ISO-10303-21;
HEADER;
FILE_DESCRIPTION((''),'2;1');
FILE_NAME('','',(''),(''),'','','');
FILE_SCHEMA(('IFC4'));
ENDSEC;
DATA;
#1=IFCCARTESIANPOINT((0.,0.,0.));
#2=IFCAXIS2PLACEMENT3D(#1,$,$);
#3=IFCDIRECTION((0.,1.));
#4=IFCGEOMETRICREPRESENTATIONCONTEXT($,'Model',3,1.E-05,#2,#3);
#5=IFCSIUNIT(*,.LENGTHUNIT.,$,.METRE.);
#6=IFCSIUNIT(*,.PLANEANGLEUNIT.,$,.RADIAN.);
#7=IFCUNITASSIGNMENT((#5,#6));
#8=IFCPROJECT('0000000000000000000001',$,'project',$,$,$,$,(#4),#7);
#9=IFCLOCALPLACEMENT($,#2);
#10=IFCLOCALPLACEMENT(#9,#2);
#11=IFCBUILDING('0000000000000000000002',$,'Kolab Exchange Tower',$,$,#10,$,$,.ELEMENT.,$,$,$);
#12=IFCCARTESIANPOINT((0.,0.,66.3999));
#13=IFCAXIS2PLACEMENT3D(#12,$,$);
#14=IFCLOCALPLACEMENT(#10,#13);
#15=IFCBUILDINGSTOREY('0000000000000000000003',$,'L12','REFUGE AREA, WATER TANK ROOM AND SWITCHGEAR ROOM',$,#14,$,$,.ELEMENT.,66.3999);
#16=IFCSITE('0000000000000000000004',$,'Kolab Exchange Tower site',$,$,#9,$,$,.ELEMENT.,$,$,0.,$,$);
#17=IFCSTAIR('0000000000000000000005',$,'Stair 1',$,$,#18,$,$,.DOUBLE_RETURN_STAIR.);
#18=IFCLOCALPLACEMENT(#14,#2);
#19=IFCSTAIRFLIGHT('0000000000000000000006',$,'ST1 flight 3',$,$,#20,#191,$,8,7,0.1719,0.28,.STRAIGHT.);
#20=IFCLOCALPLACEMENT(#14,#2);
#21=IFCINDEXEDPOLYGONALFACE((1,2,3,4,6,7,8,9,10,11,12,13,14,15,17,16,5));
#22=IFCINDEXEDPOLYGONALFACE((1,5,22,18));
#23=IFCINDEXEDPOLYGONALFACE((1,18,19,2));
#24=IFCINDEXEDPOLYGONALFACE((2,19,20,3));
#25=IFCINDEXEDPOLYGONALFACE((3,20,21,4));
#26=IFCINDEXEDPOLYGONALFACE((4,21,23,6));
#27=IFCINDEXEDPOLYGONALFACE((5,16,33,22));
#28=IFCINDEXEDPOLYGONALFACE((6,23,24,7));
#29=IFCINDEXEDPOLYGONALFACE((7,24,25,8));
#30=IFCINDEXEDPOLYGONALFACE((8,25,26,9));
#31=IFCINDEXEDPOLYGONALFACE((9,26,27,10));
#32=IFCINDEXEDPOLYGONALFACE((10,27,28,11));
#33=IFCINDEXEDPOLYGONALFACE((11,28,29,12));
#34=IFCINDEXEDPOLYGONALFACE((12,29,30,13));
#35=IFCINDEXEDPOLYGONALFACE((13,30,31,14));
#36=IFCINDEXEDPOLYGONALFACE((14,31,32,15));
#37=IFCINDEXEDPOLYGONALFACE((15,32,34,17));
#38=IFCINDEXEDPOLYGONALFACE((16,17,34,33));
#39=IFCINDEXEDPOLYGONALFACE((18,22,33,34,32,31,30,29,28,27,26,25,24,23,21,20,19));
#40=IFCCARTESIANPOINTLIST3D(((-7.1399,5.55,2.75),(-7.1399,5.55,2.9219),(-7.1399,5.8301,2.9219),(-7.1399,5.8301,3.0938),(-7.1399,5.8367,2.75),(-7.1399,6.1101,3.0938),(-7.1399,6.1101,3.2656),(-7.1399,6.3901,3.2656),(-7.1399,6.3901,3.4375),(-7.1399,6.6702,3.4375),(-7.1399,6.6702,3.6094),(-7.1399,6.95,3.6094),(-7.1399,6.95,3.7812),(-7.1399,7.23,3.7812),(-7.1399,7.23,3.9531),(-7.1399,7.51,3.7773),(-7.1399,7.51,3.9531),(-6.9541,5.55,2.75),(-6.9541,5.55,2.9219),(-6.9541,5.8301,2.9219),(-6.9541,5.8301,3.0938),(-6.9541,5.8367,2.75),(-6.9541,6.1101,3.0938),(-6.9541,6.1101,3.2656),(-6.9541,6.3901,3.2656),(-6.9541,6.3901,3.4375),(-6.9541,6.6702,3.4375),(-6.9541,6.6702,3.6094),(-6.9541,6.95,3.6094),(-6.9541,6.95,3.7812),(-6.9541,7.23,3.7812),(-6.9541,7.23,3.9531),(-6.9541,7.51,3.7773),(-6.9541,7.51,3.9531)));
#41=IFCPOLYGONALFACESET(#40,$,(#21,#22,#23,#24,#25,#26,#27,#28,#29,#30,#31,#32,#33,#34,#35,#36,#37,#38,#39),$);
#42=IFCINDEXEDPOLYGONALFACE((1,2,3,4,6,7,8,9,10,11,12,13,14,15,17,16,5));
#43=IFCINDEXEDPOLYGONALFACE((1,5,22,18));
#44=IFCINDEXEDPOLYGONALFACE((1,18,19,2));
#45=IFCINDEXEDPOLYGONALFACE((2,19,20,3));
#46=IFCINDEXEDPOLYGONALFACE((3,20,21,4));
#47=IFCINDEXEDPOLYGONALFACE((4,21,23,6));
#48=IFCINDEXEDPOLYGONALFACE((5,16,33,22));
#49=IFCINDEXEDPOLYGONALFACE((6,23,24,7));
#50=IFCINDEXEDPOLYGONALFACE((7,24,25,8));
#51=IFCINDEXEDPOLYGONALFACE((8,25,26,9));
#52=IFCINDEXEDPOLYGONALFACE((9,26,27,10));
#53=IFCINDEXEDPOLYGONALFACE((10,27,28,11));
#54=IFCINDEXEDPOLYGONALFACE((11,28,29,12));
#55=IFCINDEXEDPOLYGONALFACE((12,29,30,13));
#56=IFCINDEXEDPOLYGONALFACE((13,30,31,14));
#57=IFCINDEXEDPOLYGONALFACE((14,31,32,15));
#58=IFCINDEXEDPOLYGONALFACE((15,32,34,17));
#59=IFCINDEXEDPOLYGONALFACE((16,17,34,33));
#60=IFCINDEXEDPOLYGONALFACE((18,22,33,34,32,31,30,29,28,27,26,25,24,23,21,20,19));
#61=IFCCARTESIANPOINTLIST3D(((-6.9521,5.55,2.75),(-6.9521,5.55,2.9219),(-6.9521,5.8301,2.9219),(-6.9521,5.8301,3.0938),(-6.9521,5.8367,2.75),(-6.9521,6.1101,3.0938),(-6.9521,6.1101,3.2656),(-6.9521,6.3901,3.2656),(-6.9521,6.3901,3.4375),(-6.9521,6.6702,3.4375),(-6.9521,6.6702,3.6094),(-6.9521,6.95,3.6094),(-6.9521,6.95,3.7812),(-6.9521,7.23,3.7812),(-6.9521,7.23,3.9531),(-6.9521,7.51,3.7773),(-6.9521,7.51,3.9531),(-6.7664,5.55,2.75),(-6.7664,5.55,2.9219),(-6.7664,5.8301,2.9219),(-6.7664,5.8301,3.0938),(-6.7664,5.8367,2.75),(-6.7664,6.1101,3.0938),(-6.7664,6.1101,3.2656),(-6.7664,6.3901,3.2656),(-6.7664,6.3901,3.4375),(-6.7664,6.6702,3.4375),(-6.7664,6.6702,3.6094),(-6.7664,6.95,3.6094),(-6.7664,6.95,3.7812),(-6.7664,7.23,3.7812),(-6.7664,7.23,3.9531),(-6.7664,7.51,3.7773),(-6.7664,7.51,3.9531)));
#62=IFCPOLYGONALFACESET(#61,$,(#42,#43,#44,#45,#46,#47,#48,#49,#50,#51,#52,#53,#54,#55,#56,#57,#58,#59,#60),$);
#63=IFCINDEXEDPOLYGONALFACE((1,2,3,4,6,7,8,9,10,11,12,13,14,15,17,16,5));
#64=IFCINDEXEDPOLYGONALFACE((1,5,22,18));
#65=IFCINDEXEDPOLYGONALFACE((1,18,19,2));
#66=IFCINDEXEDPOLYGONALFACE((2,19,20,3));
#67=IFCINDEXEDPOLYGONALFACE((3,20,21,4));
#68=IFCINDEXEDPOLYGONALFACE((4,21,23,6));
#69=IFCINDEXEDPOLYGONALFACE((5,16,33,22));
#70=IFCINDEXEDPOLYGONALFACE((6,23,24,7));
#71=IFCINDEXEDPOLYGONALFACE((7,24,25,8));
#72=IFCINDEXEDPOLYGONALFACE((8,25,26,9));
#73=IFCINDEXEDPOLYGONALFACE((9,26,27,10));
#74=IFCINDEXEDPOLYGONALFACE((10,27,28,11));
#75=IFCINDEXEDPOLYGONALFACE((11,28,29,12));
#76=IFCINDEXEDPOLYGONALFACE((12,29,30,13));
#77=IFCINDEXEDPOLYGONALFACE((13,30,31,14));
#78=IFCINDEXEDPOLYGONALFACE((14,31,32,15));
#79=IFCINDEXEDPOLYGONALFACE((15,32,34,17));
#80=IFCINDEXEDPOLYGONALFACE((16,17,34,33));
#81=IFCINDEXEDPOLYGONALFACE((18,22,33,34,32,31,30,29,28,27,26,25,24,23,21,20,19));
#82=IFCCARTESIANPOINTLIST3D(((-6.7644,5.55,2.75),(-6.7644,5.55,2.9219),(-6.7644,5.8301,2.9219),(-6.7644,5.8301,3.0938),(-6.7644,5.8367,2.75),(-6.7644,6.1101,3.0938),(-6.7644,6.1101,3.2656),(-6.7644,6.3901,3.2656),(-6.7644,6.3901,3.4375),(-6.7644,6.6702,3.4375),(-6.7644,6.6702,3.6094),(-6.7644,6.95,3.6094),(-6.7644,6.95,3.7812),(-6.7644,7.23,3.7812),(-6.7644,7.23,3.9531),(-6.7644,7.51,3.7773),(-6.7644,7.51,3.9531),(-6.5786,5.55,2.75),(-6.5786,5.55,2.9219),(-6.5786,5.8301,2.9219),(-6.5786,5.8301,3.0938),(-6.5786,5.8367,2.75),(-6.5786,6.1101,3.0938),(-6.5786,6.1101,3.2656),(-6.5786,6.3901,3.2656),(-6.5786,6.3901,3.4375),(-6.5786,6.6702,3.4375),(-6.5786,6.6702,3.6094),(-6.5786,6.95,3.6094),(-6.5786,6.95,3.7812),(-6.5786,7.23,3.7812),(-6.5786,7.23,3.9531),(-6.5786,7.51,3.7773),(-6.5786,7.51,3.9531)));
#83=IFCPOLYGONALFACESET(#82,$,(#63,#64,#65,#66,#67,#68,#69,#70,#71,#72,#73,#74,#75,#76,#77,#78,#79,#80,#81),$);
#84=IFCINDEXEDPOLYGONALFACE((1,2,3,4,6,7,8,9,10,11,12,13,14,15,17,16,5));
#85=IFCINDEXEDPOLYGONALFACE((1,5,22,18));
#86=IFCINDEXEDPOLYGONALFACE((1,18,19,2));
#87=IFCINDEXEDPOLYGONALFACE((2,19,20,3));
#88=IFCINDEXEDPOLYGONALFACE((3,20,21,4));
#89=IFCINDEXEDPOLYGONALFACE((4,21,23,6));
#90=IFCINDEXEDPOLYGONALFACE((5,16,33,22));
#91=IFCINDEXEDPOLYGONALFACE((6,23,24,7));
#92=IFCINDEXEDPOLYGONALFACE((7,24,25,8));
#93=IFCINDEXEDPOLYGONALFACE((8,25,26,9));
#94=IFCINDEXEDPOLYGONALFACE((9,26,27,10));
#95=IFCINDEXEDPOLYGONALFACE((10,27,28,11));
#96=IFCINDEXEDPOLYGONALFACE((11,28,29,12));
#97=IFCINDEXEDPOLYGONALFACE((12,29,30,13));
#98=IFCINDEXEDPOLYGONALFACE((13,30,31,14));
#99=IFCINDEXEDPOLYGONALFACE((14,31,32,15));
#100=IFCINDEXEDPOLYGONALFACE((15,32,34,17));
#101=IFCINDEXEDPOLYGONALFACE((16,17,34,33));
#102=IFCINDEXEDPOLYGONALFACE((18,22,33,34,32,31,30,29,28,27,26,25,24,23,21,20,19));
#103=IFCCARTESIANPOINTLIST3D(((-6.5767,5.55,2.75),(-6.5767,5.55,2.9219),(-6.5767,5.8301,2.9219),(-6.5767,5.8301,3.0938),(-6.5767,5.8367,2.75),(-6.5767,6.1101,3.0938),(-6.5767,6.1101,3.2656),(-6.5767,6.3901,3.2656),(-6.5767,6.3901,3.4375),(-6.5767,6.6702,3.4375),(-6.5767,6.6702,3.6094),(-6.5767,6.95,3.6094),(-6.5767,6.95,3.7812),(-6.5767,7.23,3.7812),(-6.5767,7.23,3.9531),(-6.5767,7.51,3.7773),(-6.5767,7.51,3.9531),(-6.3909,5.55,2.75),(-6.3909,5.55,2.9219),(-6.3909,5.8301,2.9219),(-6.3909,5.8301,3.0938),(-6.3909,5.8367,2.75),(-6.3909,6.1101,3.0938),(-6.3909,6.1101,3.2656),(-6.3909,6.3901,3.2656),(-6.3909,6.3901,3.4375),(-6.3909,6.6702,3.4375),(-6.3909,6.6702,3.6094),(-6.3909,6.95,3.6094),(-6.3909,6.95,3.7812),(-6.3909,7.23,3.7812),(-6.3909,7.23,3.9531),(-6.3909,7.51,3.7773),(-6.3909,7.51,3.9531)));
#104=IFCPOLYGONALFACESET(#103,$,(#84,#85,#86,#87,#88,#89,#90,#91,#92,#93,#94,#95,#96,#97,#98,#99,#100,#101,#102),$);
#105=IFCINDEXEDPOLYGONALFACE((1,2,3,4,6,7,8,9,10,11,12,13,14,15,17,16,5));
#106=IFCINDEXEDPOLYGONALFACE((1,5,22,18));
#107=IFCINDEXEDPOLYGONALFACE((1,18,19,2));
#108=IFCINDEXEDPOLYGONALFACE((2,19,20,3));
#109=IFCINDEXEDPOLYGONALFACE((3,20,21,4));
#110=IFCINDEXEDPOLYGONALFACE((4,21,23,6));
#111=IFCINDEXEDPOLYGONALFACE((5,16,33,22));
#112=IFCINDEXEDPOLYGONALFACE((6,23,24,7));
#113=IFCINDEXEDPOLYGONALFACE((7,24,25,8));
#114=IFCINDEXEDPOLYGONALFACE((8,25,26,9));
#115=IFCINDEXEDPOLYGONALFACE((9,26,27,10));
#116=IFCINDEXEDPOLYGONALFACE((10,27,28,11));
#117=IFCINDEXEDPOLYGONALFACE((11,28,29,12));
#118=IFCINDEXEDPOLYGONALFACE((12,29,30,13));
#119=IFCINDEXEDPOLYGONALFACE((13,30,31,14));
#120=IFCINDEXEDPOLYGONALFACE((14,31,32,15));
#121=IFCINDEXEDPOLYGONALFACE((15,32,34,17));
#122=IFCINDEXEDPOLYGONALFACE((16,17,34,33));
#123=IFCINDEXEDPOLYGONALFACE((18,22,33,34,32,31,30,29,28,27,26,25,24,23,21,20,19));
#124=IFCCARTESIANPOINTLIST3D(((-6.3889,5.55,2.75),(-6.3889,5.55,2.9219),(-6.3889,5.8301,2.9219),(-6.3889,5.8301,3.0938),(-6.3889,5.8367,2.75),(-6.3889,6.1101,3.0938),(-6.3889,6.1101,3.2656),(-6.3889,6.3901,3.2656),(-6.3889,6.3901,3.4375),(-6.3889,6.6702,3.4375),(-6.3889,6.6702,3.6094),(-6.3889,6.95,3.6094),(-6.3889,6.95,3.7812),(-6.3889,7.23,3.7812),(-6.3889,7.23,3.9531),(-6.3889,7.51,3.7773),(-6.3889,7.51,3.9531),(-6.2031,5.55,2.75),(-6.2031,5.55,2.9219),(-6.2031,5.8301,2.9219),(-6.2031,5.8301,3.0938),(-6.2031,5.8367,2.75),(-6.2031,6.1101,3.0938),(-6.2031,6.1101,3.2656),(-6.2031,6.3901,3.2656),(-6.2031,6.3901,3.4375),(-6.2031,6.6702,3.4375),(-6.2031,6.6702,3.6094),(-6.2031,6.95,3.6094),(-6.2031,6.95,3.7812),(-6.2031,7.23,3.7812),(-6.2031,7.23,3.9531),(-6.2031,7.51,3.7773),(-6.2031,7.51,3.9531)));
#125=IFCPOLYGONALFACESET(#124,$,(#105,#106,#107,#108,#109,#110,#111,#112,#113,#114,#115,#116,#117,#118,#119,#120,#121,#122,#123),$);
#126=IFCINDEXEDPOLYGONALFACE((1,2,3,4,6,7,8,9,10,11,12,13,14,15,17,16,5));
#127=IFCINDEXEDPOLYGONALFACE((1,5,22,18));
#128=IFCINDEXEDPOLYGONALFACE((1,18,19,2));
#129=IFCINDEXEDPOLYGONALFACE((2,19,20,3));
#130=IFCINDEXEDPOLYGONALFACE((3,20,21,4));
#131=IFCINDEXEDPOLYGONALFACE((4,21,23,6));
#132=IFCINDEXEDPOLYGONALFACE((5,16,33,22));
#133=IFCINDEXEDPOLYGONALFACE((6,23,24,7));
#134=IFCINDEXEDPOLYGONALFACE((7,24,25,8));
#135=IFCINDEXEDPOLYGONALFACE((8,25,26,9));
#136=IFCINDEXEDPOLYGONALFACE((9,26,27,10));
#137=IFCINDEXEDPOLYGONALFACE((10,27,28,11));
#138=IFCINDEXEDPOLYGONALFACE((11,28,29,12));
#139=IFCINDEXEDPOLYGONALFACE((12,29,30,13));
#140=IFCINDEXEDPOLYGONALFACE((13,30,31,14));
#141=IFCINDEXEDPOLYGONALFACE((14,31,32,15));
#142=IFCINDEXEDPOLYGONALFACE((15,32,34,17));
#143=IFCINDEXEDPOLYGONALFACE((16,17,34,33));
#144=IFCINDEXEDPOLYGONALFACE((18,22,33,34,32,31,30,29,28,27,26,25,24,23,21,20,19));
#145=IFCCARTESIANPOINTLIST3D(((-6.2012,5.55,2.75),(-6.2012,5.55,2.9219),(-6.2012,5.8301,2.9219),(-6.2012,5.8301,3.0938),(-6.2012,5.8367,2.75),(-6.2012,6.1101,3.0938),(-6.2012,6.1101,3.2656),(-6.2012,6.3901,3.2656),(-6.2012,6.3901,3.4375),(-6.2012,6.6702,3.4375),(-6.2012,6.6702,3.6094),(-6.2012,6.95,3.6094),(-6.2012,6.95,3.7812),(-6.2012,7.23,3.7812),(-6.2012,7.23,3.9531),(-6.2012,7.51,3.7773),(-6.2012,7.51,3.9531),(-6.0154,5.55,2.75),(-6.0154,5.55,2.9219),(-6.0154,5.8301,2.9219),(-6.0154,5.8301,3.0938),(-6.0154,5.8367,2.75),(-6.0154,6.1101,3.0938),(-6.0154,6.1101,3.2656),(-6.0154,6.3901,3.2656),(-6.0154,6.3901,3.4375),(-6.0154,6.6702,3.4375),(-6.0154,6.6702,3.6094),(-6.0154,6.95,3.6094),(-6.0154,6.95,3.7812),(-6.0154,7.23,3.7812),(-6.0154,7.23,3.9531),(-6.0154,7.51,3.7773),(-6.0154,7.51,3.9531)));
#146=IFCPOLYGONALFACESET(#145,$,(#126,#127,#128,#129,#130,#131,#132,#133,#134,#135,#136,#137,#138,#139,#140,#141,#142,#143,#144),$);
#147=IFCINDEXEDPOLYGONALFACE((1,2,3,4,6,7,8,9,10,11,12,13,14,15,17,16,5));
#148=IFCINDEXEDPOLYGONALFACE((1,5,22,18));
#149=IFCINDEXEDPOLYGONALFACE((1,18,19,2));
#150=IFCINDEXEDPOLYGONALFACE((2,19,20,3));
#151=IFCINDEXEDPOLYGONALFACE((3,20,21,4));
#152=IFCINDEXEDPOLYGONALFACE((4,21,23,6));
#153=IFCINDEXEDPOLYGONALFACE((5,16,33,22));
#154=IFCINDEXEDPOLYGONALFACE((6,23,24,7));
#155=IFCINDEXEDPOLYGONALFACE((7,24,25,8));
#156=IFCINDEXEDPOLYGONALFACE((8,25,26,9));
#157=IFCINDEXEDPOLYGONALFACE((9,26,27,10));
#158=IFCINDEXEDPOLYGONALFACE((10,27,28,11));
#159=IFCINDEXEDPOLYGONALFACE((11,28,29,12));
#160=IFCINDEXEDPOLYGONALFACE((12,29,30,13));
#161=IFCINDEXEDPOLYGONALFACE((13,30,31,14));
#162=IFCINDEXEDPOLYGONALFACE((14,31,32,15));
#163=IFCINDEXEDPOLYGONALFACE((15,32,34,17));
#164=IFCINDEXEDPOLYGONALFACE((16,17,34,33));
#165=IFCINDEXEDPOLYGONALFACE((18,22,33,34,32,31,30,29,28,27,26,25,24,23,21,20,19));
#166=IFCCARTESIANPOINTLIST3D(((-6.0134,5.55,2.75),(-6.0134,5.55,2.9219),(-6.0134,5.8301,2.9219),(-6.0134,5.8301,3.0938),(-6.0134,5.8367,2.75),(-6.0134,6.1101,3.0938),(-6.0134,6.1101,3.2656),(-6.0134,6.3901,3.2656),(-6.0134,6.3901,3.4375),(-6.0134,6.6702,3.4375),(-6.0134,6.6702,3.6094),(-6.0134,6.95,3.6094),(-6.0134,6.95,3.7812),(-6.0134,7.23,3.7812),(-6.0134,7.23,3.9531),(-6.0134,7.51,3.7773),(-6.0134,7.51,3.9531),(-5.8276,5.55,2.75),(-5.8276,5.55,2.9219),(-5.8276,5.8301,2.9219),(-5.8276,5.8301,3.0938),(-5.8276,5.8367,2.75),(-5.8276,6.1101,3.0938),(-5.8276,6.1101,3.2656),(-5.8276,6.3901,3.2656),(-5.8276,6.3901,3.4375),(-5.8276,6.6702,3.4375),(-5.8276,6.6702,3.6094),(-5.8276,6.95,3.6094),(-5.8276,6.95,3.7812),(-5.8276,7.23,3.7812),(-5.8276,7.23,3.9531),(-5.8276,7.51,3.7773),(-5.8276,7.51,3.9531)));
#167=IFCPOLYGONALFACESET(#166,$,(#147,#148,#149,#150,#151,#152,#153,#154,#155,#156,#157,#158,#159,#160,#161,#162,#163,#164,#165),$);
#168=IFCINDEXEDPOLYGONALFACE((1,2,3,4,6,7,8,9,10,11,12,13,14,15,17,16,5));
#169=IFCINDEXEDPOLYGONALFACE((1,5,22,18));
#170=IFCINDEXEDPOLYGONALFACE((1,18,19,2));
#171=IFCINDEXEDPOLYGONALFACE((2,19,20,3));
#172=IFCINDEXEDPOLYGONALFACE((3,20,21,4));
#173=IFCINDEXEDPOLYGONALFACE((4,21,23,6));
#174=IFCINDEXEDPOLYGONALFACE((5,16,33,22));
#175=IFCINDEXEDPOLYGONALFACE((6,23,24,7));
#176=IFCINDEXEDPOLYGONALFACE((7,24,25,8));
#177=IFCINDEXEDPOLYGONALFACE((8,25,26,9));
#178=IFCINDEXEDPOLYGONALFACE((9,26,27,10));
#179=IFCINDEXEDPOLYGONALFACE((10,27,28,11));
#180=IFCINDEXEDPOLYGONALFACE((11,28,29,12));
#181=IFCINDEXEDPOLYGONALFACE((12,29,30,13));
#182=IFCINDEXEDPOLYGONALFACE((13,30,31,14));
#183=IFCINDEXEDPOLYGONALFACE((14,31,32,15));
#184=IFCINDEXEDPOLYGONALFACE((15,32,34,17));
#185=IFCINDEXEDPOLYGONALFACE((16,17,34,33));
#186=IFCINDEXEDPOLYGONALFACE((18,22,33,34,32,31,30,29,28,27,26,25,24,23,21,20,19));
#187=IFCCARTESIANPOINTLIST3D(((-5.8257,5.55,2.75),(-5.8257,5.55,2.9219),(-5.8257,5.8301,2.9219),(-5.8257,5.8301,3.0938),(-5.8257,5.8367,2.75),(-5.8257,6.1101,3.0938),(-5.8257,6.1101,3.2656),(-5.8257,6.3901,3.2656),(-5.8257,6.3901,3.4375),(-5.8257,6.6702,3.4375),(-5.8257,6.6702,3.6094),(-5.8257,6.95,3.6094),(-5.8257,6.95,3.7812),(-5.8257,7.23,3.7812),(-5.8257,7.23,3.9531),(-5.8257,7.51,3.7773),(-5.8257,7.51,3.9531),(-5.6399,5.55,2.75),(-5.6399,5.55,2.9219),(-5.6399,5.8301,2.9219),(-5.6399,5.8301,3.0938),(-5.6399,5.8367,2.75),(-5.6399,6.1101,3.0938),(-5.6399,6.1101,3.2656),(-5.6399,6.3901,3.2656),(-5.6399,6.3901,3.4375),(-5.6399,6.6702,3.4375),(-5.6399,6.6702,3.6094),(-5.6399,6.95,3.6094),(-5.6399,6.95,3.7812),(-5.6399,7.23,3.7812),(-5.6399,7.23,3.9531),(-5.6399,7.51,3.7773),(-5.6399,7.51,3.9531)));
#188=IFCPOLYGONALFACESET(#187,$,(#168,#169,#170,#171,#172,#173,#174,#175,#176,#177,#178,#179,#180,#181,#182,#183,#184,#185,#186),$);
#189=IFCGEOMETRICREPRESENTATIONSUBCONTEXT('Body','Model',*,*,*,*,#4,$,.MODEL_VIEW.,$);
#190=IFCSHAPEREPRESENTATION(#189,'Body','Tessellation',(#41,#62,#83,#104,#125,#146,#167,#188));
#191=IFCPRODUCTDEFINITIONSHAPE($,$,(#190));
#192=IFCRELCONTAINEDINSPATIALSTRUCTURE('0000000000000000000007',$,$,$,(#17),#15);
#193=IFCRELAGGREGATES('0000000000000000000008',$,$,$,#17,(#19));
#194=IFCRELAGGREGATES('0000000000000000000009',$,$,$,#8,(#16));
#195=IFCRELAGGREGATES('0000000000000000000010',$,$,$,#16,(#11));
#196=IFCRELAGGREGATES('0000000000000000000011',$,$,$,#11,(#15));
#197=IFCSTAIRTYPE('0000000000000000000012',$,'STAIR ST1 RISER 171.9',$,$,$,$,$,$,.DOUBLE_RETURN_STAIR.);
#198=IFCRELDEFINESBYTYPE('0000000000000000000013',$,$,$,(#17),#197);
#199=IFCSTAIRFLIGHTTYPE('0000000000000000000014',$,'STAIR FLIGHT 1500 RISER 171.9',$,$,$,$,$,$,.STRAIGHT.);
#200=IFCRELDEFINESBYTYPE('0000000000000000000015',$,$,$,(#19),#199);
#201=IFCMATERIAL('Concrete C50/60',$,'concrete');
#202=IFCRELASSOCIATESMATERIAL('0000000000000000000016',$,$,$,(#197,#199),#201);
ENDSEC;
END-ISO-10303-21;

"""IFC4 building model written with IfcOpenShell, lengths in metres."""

from ifc_helpers import new_model, si_unit, direction, frame, origin, place, context, subcontext, project, spatial, polyline, outline, extrude, material, type_object, element, aggregate, save


model = new_model("IFC4")

# Units and contexts
model_context = context("Model", 3, precision=1e-05, world=origin(), true_north=direction((0.0, 1.0)))
body_context = subcontext(model_context, "Body", "Model", "MODEL_VIEW")
ifc_project = project(units=[si_unit("LENGTHUNIT", "METRE"), si_unit("PLANEANGLEUNIT", "RADIAN")], contexts=[model_context])

# Site, building, storey
site_placement = place(None, origin())
site = spatial("IfcSite", under=ifc_project, at=site_placement, Name="Kolab Exchange Tower site", CompositionType="ELEMENT", RefElevation=0.0)
building_placement = place(site_placement, origin())
building = spatial("IfcBuilding", under=site, at=building_placement, Name="Kolab Exchange Tower", CompositionType="ELEMENT")
storey_placement = place(building_placement, frame((0.0, 0.0, 66.3999)))
storey = spatial("IfcBuildingStorey", under=building, at=storey_placement, Name="L12", Description="REFUGE AREA, WATER TANK ROOM AND SWITCHGEAR ROOM", CompositionType="ELEMENT", Elevation=66.3999)

# Shared definitions
ifc_material_1 = material(Name="Concrete C50/60", Category="concrete")

# Stair, stair flight
stair_type = type_object("IfcStairType", Name="STAIR ST1 RISER 171.9", PredefinedType="DOUBLE_RETURN_STAIR", material=ifc_material_1)
stair_placement = place(storey_placement, origin())
stair = element("IfcStair", 1, at=stair_placement, inside=storey, type_object=stair_type, Name="Stair 1", PredefinedType="DOUBLE_RETURN_STAIR")
stair_flight_type = type_object("IfcStairFlightType", Name="STAIR FLIGHT 1500 RISER 171.9", PredefinedType="STRAIGHT", material=ifc_material_1)
stair_flight_1_placement = place(storey_placement, frame((-6.3899, 5.55, 2.75), z_axis=(0.0, 0.0, 1.0), x_axis=(0.0, 1.0, 0.0)))
stair_flight_1 = element("IfcStairFlight", 2, at=stair_flight_1_placement, type_object=stair_flight_type, Name="ST1 flight 3", NumberOfRisers=8, NumberOfTreads=7, PredefinedType="STRAIGHT", RiserHeight=0.1719, TreadLength=0.28, context=body_context, shape_type="SweptSolid", body=[
    extrude(outline(polyline([(0.0, 0.0), (0.0, 0.1719), (0.28, 0.1719), (0.28, 0.3438), (0.5601, 0.3438), (0.5601, 0.5156), (0.8401, 0.5156), (0.8401, 0.6875), (1.1201, 0.6875), (1.1201, 0.8594), (1.3999, 0.8594), (1.3999, 1.0312), (1.6799, 1.0312), (1.6799, 1.2031), (1.96, 1.2031), (1.96, 1.375), (1.96, 1.0273), (0.2866, 0.0), (0.0, 0.0)])), frame((0.0, 0.75, 0.0), z_axis=(0.0, -1.0, 0.0), x_axis=(1.0, 0.0, 0.0)), (0.0, 0.0, 1.0), 0.1858),
    extrude(outline(polyline([(0.0, 0.0), (0.0, 0.1719), (0.28, 0.1719), (0.28, 0.3438), (0.5601, 0.3438), (0.5601, 0.5156), (0.8401, 0.5156), (0.8401, 0.6875), (1.1201, 0.6875), (1.1201, 0.8594), (1.3999, 0.8594), (1.3999, 1.0312), (1.6799, 1.0312), (1.6799, 1.2031), (1.96, 1.2031), (1.96, 1.375), (1.96, 1.0273), (0.2866, 0.0), (0.0, 0.0)])), frame((0.0, 0.5623, 0.0), z_axis=(0.0, -1.0, 0.0), x_axis=(1.0, 0.0, 0.0)), (0.0, 0.0, 1.0), 0.1858),
    extrude(outline(polyline([(0.0, 0.0), (0.0, 0.1719), (0.28, 0.1719), (0.28, 0.3438), (0.5601, 0.3438), (0.5601, 0.5156), (0.8401, 0.5156), (0.8401, 0.6875), (1.1201, 0.6875), (1.1201, 0.8594), (1.3999, 0.8594), (1.3999, 1.0312), (1.6799, 1.0312), (1.6799, 1.2031), (1.96, 1.2031), (1.96, 1.375), (1.96, 1.0273), (0.2866, 0.0), (0.0, 0.0)])), frame((0.0, 0.3745, 0.0), z_axis=(0.0, -1.0, 0.0), x_axis=(1.0, 0.0, 0.0)), (0.0, 0.0, 1.0), 0.1858),
    extrude(outline(polyline([(0.0, 0.0), (0.0, 0.1719), (0.28, 0.1719), (0.28, 0.3438), (0.5601, 0.3438), (0.5601, 0.5156), (0.8401, 0.5156), (0.8401, 0.6875), (1.1201, 0.6875), (1.1201, 0.8594), (1.3999, 0.8594), (1.3999, 1.0312), (1.6799, 1.0312), (1.6799, 1.2031), (1.96, 1.2031), (1.96, 1.375), (1.96, 1.0273), (0.2866, 0.0), (0.0, 0.0)])), frame((0.0, 0.1868, 0.0), z_axis=(0.0, -1.0, 0.0), x_axis=(1.0, 0.0, 0.0)), (0.0, 0.0, 1.0), 0.1858),
    extrude(outline(polyline([(0.0, 0.0), (0.0, 0.1719), (0.28, 0.1719), (0.28, 0.3438), (0.5601, 0.3438), (0.5601, 0.5156), (0.8401, 0.5156), (0.8401, 0.6875), (1.1201, 0.6875), (1.1201, 0.8594), (1.3999, 0.8594), (1.3999, 1.0312), (1.6799, 1.0312), (1.6799, 1.2031), (1.96, 1.2031), (1.96, 1.375), (1.96, 1.0273), (0.2866, 0.0), (0.0, 0.0)])), frame((0.0, -0.001, 0.0), z_axis=(0.0, -1.0, 0.0), x_axis=(1.0, 0.0, 0.0)), (0.0, 0.0, 1.0), 0.1858),
    extrude(outline(polyline([(0.0, 0.0), (0.0, 0.1719), (0.28, 0.1719), (0.28, 0.3438), (0.5601, 0.3438), (0.5601, 0.5156), (0.8401, 0.5156), (0.8401, 0.6875), (1.1201, 0.6875), (1.1201, 0.8594), (1.3999, 0.8594), (1.3999, 1.0312), (1.6799, 1.0312), (1.6799, 1.2031), (1.96, 1.2031), (1.96, 1.375), (1.96, 1.0273), (0.2866, 0.0), (0.0, 0.0)])), frame((0.0, -0.1887, 0.0), z_axis=(0.0, -1.0, 0.0), x_axis=(1.0, 0.0, 0.0)), (0.0, 0.0, 1.0), 0.1858),
    extrude(outline(polyline([(0.0, 0.0), (0.0, 0.1719), (0.28, 0.1719), (0.28, 0.3438), (0.5601, 0.3438), (0.5601, 0.5156), (0.8401, 0.5156), (0.8401, 0.6875), (1.1201, 0.6875), (1.1201, 0.8594), (1.3999, 0.8594), (1.3999, 1.0312), (1.6799, 1.0312), (1.6799, 1.2031), (1.96, 1.2031), (1.96, 1.375), (1.96, 1.0273), (0.2866, 0.0), (0.0, 0.0)])), frame((0.0, -0.3765, 0.0), z_axis=(0.0, -1.0, 0.0), x_axis=(1.0, 0.0, 0.0)), (0.0, 0.0, 1.0), 0.1858),
    extrude(outline(polyline([(0.0, 0.0), (0.0, 0.1719), (0.28, 0.1719), (0.28, 0.3438), (0.5601, 0.3438), (0.5601, 0.5156), (0.8401, 0.5156), (0.8401, 0.6875), (1.1201, 0.6875), (1.1201, 0.8594), (1.3999, 0.8594), (1.3999, 1.0312), (1.6799, 1.0312), (1.6799, 1.2031), (1.96, 1.2031), (1.96, 1.375), (1.96, 1.0273), (0.2866, 0.0), (0.0, 0.0)])), frame((0.0, -0.5642, 0.0), z_axis=(0.0, -1.0, 0.0), x_axis=(1.0, 0.0, 0.0)), (0.0, 0.0, 1.0), 0.1858),
])
aggregate(stair, [stair_flight_1])

save(model, "model.ifc")
